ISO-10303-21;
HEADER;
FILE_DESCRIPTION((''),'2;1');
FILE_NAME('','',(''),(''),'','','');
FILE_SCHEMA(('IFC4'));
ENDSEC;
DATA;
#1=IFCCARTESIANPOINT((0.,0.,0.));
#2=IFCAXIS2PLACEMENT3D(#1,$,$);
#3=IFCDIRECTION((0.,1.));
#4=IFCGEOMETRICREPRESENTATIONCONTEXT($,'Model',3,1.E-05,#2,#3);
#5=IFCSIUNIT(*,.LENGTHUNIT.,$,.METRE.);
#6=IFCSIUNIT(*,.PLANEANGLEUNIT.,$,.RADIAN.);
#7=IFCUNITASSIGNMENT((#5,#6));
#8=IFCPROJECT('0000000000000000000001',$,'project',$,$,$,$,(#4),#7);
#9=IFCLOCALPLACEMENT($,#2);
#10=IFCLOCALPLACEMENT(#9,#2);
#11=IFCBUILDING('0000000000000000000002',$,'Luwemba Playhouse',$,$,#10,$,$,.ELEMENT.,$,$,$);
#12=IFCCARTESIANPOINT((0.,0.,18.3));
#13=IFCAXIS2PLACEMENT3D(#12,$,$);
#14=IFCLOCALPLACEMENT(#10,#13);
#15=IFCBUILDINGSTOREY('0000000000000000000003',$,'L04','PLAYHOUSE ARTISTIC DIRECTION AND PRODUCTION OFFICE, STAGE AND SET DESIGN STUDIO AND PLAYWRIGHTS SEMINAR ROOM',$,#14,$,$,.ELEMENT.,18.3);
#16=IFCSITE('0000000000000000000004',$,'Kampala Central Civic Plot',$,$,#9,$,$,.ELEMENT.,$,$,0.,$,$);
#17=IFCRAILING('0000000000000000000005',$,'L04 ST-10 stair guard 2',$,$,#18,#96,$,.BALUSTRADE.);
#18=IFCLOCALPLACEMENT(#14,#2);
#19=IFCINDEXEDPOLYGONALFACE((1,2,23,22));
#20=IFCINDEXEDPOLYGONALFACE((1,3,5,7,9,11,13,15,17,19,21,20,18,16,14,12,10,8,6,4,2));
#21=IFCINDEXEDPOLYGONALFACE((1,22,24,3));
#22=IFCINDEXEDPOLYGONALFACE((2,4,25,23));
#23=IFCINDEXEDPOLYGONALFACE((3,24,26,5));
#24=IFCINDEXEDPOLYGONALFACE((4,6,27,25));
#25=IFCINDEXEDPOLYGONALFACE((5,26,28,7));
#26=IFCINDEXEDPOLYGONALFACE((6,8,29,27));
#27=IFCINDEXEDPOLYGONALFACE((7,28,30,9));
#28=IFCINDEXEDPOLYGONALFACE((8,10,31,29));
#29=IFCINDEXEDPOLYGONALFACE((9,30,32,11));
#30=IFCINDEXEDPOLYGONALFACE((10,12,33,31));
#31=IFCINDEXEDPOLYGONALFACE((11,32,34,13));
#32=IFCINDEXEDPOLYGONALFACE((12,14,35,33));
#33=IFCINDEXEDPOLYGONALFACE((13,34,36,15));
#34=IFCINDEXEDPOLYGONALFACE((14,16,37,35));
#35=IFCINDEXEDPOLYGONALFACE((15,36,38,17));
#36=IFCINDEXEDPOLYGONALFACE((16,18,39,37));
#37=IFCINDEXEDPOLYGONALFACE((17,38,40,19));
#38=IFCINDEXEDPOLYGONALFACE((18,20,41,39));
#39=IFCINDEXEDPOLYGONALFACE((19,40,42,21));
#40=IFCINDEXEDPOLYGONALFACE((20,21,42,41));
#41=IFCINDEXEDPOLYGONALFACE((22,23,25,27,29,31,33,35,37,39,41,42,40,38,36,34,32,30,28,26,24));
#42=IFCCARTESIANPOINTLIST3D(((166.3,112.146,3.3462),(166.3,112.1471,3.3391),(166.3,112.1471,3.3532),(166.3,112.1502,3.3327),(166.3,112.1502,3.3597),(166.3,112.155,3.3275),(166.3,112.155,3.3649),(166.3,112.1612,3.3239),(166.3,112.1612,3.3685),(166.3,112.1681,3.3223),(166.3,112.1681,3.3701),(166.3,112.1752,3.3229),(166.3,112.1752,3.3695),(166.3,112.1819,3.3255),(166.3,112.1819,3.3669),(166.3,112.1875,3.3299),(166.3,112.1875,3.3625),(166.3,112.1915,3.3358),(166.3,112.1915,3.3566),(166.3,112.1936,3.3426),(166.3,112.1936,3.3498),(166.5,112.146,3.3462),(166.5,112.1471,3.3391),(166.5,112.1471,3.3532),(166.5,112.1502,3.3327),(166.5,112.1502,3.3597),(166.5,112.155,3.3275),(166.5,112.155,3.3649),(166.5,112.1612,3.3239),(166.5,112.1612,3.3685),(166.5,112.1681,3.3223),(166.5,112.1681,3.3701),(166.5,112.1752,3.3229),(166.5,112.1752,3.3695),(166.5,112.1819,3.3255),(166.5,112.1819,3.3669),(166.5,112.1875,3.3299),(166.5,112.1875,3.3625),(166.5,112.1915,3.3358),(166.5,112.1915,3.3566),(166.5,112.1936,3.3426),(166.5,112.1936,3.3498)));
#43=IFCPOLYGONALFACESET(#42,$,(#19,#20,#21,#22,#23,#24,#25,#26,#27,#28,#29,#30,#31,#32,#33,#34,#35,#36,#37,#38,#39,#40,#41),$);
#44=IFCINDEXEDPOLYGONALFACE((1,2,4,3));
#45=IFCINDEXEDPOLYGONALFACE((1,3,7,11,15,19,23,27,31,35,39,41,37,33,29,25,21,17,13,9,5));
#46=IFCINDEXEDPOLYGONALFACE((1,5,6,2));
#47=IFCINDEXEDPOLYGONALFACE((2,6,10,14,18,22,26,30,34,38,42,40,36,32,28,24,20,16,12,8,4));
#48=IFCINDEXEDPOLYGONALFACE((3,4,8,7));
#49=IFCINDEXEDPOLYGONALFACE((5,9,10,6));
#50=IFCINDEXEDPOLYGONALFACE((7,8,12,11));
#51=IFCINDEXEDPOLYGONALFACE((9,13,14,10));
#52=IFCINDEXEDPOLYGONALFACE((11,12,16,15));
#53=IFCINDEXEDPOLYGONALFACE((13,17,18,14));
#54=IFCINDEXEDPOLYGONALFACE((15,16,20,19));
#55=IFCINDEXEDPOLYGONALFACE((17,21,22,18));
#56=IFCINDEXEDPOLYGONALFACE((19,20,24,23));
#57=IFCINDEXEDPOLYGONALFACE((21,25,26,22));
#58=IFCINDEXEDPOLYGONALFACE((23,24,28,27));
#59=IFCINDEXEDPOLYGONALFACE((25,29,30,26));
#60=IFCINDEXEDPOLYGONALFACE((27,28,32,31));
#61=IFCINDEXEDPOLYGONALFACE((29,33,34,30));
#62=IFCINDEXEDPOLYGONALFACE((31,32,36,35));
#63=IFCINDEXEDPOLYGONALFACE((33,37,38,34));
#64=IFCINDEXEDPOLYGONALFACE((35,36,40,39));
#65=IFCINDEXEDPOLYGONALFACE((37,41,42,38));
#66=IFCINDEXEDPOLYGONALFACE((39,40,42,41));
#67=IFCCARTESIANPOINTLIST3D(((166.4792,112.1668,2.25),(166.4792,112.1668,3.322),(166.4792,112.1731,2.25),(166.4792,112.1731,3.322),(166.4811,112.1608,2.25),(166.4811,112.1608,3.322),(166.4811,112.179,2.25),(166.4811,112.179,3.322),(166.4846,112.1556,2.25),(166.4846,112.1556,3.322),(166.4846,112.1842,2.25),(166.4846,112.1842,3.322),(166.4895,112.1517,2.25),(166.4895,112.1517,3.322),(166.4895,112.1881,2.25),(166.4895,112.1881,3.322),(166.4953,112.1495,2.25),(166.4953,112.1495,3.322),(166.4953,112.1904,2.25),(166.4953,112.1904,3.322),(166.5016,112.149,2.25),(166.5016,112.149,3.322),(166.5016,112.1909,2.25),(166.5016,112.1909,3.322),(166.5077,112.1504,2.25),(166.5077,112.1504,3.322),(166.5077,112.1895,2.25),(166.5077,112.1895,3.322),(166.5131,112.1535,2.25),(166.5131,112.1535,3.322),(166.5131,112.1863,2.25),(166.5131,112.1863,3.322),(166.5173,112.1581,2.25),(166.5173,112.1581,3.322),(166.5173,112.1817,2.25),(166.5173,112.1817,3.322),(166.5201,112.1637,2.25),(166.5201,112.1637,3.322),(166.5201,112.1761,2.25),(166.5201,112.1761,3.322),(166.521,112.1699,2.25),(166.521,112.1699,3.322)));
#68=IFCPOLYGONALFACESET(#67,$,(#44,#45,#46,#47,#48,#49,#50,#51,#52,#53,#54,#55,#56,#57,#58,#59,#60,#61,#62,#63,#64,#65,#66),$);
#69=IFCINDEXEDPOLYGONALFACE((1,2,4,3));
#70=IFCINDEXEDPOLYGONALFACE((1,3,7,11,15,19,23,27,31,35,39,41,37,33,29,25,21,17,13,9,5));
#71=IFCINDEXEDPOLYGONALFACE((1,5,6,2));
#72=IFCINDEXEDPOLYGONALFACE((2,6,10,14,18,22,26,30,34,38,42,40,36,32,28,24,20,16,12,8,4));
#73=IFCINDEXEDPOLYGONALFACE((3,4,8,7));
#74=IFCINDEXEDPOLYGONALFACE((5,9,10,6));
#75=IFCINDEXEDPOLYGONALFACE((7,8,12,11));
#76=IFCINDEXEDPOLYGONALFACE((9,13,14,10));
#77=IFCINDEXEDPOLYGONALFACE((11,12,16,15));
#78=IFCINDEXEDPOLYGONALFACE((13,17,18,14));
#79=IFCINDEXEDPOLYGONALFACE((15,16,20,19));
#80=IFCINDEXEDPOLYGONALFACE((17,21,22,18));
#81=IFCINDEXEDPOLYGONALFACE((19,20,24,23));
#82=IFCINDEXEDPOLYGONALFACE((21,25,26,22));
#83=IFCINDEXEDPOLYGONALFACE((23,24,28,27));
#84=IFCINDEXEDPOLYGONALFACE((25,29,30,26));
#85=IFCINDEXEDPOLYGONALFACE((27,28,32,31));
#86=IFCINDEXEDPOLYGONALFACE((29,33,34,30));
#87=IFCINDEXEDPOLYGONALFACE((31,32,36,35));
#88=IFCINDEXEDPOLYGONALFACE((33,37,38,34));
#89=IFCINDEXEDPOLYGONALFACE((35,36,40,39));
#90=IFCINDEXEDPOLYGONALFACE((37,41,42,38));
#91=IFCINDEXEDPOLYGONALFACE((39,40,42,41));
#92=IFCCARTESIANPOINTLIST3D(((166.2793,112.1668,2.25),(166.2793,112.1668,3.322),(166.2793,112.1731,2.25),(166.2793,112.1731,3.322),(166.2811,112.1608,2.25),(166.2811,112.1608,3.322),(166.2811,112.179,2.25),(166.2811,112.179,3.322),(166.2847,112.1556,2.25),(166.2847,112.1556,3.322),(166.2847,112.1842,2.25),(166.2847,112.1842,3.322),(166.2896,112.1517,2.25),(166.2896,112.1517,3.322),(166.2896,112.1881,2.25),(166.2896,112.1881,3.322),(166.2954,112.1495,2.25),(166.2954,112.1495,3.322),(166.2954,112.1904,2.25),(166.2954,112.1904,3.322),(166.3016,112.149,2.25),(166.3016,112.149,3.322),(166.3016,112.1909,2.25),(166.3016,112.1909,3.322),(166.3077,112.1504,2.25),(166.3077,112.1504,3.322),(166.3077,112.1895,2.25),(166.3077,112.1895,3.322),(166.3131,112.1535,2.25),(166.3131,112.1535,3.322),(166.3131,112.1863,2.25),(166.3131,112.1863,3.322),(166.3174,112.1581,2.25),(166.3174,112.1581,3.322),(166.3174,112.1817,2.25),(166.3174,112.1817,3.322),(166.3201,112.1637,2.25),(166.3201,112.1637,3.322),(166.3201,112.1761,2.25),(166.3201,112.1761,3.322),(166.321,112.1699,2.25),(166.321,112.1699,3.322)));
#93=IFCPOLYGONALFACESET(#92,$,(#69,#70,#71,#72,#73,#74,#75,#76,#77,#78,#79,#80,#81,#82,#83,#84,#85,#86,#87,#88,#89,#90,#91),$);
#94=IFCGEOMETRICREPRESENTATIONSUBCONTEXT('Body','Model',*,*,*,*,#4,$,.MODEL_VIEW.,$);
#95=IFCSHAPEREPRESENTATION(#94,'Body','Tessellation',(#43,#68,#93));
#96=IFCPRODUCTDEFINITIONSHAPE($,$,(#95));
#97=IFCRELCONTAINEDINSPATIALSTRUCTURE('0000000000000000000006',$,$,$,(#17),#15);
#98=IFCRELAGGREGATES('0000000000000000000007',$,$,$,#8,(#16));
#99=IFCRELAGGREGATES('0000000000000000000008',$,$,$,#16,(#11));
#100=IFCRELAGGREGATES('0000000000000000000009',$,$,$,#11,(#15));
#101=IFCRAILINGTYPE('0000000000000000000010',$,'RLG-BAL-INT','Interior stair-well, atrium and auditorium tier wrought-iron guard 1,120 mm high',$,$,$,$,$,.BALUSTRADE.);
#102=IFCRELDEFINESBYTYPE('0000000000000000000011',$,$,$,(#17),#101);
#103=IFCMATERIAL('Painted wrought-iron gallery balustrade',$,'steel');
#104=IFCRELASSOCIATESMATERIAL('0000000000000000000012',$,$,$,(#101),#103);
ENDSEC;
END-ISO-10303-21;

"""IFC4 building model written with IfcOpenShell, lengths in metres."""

from ifc_helpers import new_model, si_unit, direction, frame, origin, origin_2d, place, context, subcontext, project, spatial, circle, extrude, material, type_object, element, save


model = new_model("IFC4")

# Units and contexts
model_context = context("Model", 3, precision=1e-05, world=origin(), true_north=direction((0.0, 1.0)))
body_context = subcontext(model_context, "Body", "Model", "MODEL_VIEW")
ifc_project = project(units=[si_unit("LENGTHUNIT", "METRE"), si_unit("PLANEANGLEUNIT", "RADIAN")], contexts=[model_context])

# Site, building, storey
site_placement = place(None, origin())
site = spatial("IfcSite", under=ifc_project, at=site_placement, Name="Kampala Central Civic Plot", CompositionType="ELEMENT", RefElevation=0.0)
building_placement = place(site_placement, origin())
building = spatial("IfcBuilding", under=site, at=building_placement, Name="Luwemba Playhouse", CompositionType="ELEMENT")
storey_placement = place(building_placement, frame((0.0, 0.0, 18.3)))
storey = spatial("IfcBuildingStorey", under=building, at=storey_placement, Name="L04", Description="PLAYHOUSE ARTISTIC DIRECTION AND PRODUCTION OFFICE, STAGE AND SET DESIGN STUDIO AND PLAYWRIGHTS SEMINAR ROOM", CompositionType="ELEMENT", Elevation=18.3)

# Railing
ifc_material_1 = material(Name="Painted wrought-iron gallery balustrade", Category="steel")
railing_type_1 = type_object("IfcRailingType", Name="RLG-BAL-INT", Description="Interior stair-well, atrium and auditorium tier wrought-iron guard 1,120 mm high", PredefinedType="BALUSTRADE", material=ifc_material_1)
railing_1_placement = place(storey_placement, frame((166.5, 112.1699, 2.25)))
element("IfcRailing", 1, at=railing_1_placement, inside=storey, type_object=railing_type_1, Name="L04 ST-10 stair guard 2", PredefinedType="BALUSTRADE", context=body_context, shape_type="SweptSolid", body=[
    extrude(circle(Radius=0.0239, at=origin_2d()), frame((0.0, 0.0, 1.0962), z_axis=(-1.0, 0.0, 0.0), x_axis=(0.0, -1.0, 0.0)), (0.0, 0.0, 1.0), 0.2),
    extrude(circle(Radius=0.021, at=origin_2d()), origin(), (0.0, 0.0, 1.0), 1.072),
    extrude(circle(Radius=0.021, at=origin_2d()), frame((-0.2, 0.0, 0.0)), (0.0, 0.0, 1.0), 1.072),
])

save(model, "model.ifc")
